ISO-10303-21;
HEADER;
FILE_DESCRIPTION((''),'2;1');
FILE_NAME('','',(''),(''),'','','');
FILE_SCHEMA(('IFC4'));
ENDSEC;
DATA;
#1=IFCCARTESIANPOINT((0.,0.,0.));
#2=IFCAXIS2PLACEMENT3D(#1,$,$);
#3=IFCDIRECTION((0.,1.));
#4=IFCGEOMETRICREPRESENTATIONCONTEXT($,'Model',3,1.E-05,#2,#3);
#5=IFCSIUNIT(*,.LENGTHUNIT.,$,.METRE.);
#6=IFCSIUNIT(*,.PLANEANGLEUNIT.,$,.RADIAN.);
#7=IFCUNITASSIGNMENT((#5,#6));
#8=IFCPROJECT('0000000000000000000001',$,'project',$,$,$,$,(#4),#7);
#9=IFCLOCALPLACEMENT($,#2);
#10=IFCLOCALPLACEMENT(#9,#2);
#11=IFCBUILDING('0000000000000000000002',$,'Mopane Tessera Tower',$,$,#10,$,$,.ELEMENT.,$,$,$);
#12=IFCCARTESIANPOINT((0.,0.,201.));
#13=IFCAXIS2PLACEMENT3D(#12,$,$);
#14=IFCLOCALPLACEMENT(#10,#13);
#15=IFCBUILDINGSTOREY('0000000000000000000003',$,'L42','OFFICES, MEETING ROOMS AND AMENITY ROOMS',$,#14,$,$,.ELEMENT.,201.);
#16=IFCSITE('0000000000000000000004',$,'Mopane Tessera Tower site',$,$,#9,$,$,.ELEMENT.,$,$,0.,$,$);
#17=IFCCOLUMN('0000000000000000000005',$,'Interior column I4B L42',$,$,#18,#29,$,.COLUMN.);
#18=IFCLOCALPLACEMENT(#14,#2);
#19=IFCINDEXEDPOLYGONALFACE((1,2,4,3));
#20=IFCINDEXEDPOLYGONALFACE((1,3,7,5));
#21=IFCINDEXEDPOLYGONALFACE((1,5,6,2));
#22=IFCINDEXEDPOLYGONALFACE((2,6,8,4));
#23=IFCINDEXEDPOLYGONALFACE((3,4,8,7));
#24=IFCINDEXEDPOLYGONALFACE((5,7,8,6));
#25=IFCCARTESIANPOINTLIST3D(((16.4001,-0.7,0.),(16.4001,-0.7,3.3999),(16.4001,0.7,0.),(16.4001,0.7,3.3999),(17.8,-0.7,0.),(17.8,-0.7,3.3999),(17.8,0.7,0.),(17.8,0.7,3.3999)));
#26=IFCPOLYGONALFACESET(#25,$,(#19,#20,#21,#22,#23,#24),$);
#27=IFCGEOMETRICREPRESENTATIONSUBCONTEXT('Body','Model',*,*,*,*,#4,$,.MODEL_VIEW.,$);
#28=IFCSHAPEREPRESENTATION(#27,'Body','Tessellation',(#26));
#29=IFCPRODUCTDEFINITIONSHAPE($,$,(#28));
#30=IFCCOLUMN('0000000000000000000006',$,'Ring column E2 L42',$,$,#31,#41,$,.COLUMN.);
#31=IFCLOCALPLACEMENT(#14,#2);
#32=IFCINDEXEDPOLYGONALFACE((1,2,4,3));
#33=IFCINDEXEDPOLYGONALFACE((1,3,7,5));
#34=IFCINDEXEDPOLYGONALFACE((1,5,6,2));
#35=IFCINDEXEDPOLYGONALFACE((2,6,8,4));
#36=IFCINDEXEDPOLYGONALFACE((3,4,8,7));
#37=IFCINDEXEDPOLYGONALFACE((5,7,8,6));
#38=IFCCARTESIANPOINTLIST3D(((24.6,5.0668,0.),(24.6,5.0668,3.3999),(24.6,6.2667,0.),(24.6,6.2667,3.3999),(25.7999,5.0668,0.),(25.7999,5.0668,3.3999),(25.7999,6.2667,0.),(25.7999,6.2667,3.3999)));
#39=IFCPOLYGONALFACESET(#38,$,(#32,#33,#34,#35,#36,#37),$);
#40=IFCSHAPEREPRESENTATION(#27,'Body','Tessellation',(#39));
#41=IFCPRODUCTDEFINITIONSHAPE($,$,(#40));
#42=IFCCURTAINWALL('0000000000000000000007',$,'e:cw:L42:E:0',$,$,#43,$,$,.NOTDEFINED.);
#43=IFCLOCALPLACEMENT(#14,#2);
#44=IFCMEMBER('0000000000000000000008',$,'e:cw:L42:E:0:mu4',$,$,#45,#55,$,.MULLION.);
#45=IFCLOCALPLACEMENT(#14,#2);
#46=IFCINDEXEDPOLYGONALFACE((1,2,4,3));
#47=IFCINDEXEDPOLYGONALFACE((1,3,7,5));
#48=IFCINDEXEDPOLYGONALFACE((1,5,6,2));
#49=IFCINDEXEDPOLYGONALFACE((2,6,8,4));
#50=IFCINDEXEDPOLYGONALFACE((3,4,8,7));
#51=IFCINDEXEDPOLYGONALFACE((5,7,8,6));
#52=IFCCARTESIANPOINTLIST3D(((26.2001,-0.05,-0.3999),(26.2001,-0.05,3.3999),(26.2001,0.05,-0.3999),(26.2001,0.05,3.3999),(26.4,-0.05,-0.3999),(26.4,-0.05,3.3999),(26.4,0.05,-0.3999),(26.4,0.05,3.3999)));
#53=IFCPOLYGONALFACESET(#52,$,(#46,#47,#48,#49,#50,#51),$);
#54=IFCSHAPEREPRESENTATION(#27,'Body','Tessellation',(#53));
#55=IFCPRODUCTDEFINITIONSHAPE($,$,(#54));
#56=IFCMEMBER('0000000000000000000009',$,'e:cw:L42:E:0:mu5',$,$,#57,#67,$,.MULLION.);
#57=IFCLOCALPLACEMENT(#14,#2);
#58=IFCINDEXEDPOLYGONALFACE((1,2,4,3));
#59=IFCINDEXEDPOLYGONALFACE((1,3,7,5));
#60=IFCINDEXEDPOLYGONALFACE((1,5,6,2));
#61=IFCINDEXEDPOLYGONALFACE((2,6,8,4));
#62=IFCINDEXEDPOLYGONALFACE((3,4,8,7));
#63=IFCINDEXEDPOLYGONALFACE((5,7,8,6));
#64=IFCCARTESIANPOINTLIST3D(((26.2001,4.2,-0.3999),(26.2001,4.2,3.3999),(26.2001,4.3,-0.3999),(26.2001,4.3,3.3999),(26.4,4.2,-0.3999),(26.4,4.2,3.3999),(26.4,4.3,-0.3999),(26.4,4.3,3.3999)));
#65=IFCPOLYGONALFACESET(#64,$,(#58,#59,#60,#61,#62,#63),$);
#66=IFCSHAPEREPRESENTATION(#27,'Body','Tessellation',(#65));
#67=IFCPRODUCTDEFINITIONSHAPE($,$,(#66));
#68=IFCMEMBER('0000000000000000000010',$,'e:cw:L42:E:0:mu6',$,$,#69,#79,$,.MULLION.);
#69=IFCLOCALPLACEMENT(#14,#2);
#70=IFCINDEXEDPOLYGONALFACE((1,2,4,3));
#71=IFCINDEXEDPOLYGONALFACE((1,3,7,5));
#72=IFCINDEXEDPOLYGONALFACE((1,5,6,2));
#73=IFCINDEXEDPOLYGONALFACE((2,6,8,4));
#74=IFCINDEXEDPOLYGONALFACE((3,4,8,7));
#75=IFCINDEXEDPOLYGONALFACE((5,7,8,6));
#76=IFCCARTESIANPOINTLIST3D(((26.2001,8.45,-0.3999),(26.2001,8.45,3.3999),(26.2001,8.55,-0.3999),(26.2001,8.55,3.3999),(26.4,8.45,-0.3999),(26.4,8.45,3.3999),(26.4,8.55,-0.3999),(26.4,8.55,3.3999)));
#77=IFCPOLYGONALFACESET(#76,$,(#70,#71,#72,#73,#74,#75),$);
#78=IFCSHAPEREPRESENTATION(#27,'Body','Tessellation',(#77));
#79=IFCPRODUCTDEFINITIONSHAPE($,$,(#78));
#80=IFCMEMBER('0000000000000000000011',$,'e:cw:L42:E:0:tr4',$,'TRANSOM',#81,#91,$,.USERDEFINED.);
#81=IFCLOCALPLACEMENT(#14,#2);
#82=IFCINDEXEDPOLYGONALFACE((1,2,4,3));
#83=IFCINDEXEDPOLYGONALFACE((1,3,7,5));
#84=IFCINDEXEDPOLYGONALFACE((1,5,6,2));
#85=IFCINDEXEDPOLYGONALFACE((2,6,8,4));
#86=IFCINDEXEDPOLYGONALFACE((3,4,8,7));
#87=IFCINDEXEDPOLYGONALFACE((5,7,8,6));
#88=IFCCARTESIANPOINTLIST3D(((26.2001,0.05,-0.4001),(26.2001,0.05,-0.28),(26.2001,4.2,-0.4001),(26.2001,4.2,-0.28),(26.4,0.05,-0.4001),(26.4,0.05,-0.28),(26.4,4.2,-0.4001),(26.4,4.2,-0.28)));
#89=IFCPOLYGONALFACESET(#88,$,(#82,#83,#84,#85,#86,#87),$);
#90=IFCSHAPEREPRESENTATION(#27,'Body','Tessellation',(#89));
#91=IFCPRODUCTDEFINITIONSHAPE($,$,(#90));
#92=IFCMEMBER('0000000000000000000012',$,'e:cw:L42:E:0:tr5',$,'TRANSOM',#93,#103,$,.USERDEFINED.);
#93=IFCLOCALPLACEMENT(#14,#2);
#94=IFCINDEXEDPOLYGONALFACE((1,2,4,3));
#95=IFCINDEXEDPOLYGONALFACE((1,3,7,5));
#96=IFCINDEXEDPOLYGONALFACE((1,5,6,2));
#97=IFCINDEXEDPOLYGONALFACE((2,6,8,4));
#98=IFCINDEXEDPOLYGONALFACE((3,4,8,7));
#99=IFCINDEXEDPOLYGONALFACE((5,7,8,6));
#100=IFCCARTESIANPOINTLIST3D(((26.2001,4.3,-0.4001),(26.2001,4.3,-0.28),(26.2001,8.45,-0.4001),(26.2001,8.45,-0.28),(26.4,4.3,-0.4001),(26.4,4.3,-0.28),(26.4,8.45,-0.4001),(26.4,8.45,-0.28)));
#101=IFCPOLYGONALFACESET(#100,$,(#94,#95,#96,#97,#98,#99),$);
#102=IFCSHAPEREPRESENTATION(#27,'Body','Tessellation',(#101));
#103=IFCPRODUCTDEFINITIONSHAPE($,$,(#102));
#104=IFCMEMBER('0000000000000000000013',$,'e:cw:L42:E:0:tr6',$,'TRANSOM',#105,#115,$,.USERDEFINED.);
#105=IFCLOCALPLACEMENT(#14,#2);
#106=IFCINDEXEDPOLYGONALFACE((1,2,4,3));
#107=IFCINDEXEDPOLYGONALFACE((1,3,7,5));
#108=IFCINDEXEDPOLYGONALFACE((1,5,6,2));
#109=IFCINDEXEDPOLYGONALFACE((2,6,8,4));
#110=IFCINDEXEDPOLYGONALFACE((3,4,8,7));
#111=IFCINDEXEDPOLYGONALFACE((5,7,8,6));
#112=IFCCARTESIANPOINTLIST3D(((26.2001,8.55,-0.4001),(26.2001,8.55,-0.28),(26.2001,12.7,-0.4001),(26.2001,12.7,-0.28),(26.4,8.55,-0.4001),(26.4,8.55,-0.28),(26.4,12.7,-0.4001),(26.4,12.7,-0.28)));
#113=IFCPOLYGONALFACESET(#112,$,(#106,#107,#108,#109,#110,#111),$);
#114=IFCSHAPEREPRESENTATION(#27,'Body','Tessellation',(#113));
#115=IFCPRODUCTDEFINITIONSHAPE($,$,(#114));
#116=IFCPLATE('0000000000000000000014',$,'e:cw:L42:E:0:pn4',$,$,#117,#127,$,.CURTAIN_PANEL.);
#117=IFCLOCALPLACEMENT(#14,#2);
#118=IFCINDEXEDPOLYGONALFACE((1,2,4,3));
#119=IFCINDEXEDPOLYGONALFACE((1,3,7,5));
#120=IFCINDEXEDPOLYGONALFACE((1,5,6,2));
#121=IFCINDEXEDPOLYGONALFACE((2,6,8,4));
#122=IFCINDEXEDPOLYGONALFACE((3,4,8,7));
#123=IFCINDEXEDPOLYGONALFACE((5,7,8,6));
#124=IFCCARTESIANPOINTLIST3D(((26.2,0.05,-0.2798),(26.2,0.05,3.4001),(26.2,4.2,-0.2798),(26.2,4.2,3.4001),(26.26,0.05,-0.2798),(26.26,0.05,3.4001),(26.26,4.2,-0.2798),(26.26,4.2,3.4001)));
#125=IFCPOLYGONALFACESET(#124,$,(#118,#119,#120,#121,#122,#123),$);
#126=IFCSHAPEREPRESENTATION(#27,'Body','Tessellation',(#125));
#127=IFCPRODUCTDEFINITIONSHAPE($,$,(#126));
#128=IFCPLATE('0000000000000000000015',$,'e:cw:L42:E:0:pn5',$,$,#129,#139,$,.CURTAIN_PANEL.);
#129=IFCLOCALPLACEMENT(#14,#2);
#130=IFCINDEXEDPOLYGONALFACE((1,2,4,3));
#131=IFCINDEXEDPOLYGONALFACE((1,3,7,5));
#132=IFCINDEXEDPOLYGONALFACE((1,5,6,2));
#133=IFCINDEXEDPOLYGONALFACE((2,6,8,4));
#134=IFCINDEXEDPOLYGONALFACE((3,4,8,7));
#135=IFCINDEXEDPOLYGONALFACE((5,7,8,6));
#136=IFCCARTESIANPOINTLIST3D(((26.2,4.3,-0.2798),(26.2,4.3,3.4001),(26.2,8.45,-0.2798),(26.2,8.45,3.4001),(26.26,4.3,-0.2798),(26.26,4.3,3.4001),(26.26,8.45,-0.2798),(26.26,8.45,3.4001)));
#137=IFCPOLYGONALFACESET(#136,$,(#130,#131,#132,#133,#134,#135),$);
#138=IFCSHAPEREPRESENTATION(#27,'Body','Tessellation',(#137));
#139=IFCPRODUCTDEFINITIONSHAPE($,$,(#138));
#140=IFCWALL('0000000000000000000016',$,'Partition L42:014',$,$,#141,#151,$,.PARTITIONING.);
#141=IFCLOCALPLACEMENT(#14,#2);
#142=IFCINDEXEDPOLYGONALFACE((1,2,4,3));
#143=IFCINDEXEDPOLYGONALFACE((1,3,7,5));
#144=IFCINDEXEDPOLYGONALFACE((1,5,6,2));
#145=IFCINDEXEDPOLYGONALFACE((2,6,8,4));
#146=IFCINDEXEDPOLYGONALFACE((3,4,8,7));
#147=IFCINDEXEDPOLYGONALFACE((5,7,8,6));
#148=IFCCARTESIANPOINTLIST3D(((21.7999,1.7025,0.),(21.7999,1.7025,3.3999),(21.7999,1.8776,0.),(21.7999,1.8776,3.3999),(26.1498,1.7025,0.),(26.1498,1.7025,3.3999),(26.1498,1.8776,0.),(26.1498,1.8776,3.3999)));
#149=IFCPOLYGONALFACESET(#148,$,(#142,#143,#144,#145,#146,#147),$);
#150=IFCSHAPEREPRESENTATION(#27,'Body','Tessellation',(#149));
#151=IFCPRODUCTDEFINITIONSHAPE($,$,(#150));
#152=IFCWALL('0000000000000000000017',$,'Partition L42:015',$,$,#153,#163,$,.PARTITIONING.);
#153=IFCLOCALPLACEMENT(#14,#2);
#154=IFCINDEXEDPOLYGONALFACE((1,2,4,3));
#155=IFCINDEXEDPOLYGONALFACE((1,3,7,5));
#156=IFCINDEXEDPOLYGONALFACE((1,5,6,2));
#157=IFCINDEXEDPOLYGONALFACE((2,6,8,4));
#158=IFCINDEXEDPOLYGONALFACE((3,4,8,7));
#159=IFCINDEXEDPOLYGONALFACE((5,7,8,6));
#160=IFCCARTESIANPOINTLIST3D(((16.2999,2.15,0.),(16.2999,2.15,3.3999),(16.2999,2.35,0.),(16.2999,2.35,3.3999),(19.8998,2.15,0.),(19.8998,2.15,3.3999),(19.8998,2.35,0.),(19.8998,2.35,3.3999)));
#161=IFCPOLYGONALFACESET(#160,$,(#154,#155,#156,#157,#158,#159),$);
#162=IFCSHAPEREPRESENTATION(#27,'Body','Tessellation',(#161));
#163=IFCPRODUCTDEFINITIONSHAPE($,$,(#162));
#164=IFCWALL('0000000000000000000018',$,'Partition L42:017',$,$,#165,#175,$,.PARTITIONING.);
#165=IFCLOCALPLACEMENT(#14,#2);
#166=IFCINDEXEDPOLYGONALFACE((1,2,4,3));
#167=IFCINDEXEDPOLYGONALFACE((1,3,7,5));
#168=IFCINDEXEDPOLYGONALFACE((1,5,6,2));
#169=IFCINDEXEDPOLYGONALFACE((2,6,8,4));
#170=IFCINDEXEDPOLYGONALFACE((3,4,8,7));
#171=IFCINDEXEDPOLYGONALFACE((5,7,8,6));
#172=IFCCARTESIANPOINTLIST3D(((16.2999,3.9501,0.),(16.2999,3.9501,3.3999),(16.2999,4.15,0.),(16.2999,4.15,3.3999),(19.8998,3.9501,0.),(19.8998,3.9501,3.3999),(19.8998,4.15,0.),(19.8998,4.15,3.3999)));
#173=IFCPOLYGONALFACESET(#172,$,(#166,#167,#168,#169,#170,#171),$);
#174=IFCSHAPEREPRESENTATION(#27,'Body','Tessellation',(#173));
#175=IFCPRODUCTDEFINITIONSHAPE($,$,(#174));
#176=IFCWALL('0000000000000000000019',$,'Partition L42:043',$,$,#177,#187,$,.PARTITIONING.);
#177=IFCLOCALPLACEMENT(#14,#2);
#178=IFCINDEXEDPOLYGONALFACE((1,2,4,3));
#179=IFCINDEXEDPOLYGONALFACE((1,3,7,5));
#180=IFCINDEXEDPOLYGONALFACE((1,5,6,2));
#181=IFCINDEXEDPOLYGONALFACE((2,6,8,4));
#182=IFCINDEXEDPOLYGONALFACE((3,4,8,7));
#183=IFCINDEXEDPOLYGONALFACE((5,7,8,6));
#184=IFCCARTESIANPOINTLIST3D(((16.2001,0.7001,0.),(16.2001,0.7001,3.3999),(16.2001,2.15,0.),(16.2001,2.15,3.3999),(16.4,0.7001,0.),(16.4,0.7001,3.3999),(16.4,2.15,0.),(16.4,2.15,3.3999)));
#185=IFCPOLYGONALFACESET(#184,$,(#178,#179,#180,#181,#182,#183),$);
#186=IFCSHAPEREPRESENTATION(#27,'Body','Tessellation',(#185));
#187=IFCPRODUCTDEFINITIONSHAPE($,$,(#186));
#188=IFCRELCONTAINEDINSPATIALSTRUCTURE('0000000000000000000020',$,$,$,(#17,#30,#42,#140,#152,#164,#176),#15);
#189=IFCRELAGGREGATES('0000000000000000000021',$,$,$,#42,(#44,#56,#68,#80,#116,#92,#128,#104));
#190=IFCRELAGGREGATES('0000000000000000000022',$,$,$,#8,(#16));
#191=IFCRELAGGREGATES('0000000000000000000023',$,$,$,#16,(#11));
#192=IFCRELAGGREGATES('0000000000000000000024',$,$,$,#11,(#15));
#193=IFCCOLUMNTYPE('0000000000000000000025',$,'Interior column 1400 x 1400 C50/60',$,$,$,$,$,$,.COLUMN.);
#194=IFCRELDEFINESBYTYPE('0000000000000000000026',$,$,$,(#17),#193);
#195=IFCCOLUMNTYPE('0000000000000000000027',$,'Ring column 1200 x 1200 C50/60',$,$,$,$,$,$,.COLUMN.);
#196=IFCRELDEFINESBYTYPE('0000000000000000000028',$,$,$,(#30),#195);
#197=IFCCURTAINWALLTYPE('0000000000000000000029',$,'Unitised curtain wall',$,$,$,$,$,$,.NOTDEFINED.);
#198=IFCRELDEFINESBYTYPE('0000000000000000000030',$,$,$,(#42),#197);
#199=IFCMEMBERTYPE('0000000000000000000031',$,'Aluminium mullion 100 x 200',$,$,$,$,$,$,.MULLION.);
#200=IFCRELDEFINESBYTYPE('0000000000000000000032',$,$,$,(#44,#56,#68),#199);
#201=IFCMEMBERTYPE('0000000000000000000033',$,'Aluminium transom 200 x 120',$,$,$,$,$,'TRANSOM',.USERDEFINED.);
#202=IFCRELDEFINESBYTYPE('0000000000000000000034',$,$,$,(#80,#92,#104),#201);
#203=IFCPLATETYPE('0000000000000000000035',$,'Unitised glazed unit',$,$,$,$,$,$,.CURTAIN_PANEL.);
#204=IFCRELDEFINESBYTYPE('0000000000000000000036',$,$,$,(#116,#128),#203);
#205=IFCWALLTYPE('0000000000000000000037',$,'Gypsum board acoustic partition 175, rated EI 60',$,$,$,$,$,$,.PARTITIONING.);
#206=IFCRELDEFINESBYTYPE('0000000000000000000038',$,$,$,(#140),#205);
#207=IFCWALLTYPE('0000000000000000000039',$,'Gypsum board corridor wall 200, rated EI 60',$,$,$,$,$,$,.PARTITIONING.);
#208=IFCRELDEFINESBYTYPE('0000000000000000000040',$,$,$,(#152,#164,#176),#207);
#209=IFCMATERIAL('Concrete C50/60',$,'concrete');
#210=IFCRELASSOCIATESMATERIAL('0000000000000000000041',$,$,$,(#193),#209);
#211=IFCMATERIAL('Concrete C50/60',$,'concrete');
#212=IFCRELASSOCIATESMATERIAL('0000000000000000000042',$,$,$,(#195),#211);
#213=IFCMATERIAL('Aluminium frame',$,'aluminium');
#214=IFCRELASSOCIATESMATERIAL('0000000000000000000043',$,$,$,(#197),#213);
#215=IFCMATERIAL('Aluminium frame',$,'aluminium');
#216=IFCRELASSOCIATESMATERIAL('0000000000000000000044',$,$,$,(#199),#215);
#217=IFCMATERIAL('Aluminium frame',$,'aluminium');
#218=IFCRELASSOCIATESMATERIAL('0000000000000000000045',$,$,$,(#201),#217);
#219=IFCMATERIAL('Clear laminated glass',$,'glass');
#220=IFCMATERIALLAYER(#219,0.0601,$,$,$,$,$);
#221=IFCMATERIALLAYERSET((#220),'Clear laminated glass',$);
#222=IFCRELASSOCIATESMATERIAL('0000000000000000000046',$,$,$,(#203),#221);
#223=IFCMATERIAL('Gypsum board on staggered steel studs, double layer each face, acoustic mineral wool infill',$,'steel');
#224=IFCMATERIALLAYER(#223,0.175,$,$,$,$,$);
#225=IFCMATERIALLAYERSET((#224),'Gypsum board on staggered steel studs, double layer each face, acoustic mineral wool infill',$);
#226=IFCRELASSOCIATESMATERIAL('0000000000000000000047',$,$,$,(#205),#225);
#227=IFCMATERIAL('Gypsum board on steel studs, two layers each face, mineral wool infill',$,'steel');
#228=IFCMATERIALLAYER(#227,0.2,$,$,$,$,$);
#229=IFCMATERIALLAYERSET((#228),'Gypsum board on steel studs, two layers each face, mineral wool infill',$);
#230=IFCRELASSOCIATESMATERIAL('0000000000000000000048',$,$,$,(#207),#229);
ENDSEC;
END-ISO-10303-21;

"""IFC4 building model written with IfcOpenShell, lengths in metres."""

from ifc_helpers import new_model, si_unit, direction, frame, frame_2d, origin, origin_2d, place, context, subcontext, project, spatial, rectangle, extrude, material, layer, layer_set, material_profile, profile_set, type_object, element, aggregate, save


model = new_model("IFC4")

# Units and contexts
model_context = context("Model", 3, precision=1e-05, world=origin(), true_north=direction((0.0, 1.0)))
body_context = subcontext(model_context, "Body", "Model", "MODEL_VIEW")
ifc_project = project(units=[si_unit("LENGTHUNIT", "METRE"), si_unit("PLANEANGLEUNIT", "RADIAN")], contexts=[model_context])

# Site, building, storey
site_placement = place(None, origin())
site = spatial("IfcSite", under=ifc_project, at=site_placement, Name="Mopane Tessera Tower site", CompositionType="ELEMENT", RefElevation=0.0)
building_placement = place(site_placement, origin())
building = spatial("IfcBuilding", under=site, at=building_placement, Name="Mopane Tessera Tower", CompositionType="ELEMENT")
storey_placement = place(building_placement, frame((0.0, 0.0, 201.0)))
storey = spatial("IfcBuildingStorey", under=building, at=storey_placement, Name="L42", Description="OFFICES, MEETING ROOMS AND AMENITY ROOMS", CompositionType="ELEMENT", Elevation=201.0)

# Columns
ifc_material_1 = material(Name="Concrete C50/60", Category="concrete")
ifc_material_profile_1 = material_profile(ifc_material_1, rectangle(XDim=1.3999, YDim=1.3999, at=origin_2d()))
ifc_profile_set_1 = profile_set([ifc_material_profile_1], Name="Concrete C50/60")
column_type_1 = type_object("IfcColumnType", Name="Interior column 1400 x 1400 C50/60", PredefinedType="COLUMN", material=ifc_profile_set_1)
column_1_placement = place(storey_placement, frame((17.1001, 0.0, 0.0), z_axis=(0.0, 0.0, 1.0), x_axis=(1.0, 0.0, 0.0)))
element("IfcColumn", 1, at=column_1_placement, inside=storey, type_object=column_type_1, Name="Interior column I4B L42", PredefinedType="COLUMN", context=body_context, shape_type="SweptSolid", body=[
    extrude(rectangle(XDim=1.3999, YDim=1.3999, at=origin_2d()), origin(), (0.0, 0.0, 1.0), 3.3999),
])
ifc_material_2 = material(Name="Concrete C50/60", Category="concrete")
ifc_material_profile_2 = material_profile(ifc_material_2, rectangle(XDim=1.2, YDim=1.2, at=origin_2d()))
ifc_profile_set_2 = profile_set([ifc_material_profile_2], Name="Concrete C50/60")
column_type_2 = type_object("IfcColumnType", Name="Ring column 1200 x 1200 C50/60", PredefinedType="COLUMN", material=ifc_profile_set_2)
column_2_placement = place(storey_placement, frame((25.2, 5.6667, 0.0), z_axis=(0.0, 0.0, 1.0), x_axis=(1.0, 0.0, 0.0)))
element("IfcColumn", 2, at=column_2_placement, inside=storey, type_object=column_type_2, Name="Ring column E2 L42", PredefinedType="COLUMN", context=body_context, shape_type="SweptSolid", body=[
    extrude(rectangle(XDim=1.2, YDim=1.2, at=origin_2d()), origin(), (0.0, 0.0, 1.0), 3.3999),
])

# Curtain wall, members, plates
ifc_material_3 = material(Name="Aluminium frame", Category="aluminium")
curtain_wall_type = type_object("IfcCurtainWallType", Name="Unitised curtain wall", PredefinedType="NOTDEFINED", material=ifc_material_3)
curtain_wall_placement = place(storey_placement, origin())
curtain_wall = element("IfcCurtainWall", 3, at=curtain_wall_placement, inside=storey, type_object=curtain_wall_type, Name="e:cw:L42:E:0", PredefinedType="NOTDEFINED")
ifc_material_4 = material(Name="Aluminium frame", Category="aluminium")
ifc_material_profile_3 = material_profile(ifc_material_4, rectangle(XDim=0.1001, YDim=0.2, at=origin_2d()))
ifc_profile_set_3 = profile_set([ifc_material_profile_3], Name="Aluminium frame")
member_type_1 = type_object("IfcMemberType", Name="Aluminium mullion 100 x 200", PredefinedType="MULLION", material=ifc_profile_set_3)
member_1_placement = place(storey_placement, frame((26.3, 0.0, -0.3999), z_axis=(0.0, 0.0, 1.0), x_axis=(0.0, 1.0, 0.0)))
member_1 = element("IfcMember", 4, at=member_1_placement, type_object=member_type_1, Name="e:cw:L42:E:0:mu4", PredefinedType="MULLION", context=body_context, shape_type="SweptSolid", body=[
    extrude(rectangle(XDim=0.1001, YDim=0.2, at=origin_2d()), origin(), (0.0, 0.0, 1.0), 3.7998),
])
member_2_placement = place(storey_placement, frame((26.3, 4.25, -0.3999), z_axis=(0.0, 0.0, 1.0), x_axis=(0.0, 1.0, 0.0)))
member_2 = element("IfcMember", 5, at=member_2_placement, type_object=member_type_1, Name="e:cw:L42:E:0:mu5", PredefinedType="MULLION", context=body_context, shape_type="SweptSolid", body=[
    extrude(rectangle(XDim=0.1001, YDim=0.2, at=origin_2d()), origin(), (0.0, 0.0, 1.0), 3.7998),
])
member_3_placement = place(storey_placement, frame((26.3, 8.5, -0.3999), z_axis=(0.0, 0.0, 1.0), x_axis=(0.0, 1.0, 0.0)))
member_3 = element("IfcMember", 6, at=member_3_placement, type_object=member_type_1, Name="e:cw:L42:E:0:mu6", PredefinedType="MULLION", context=body_context, shape_type="SweptSolid", body=[
    extrude(rectangle(XDim=0.1001, YDim=0.2, at=origin_2d()), origin(), (0.0, 0.0, 1.0), 3.7998),
])
ifc_material_5 = material(Name="Aluminium frame", Category="aluminium")
ifc_material_profile_4 = material_profile(ifc_material_5, rectangle(XDim=0.2, YDim=0.1201, at=origin_2d()))
ifc_profile_set_4 = profile_set([ifc_material_profile_4], Name="Aluminium frame")
member_type_2 = type_object("IfcMemberType", Name="Aluminium transom 200 x 120", ElementType="TRANSOM", PredefinedType="USERDEFINED", material=ifc_profile_set_4)
member_4_placement = place(storey_placement, frame((26.3, 0.05, -0.3401), z_axis=(0.0, 1.0, 0.0), x_axis=(-1.0, 0.0, 0.0)))
member_4 = element("IfcMember", 7, at=member_4_placement, type_object=member_type_2, Name="e:cw:L42:E:0:tr4", ObjectType="TRANSOM", PredefinedType="USERDEFINED", context=body_context, shape_type="SweptSolid", body=[
    extrude(rectangle(XDim=0.2, YDim=0.1201, at=origin_2d()), origin(), (0.0, 0.0, 1.0), 4.1499),
])
member_5_placement = place(storey_placement, frame((26.3, 4.3, -0.3401), z_axis=(0.0, 1.0, 0.0), x_axis=(-1.0, 0.0, 0.0)))
member_5 = element("IfcMember", 8, at=member_5_placement, type_object=member_type_2, Name="e:cw:L42:E:0:tr5", ObjectType="TRANSOM", PredefinedType="USERDEFINED", context=body_context, shape_type="SweptSolid", body=[
    extrude(rectangle(XDim=0.2, YDim=0.1201, at=origin_2d()), origin(), (0.0, 0.0, 1.0), 4.1499),
])
member_6_placement = place(storey_placement, frame((26.3, 8.55, -0.3401), z_axis=(0.0, 1.0, 0.0), x_axis=(-1.0, 0.0, 0.0)))
member_6 = element("IfcMember", 9, at=member_6_placement, type_object=member_type_2, Name="e:cw:L42:E:0:tr6", ObjectType="TRANSOM", PredefinedType="USERDEFINED", context=body_context, shape_type="SweptSolid", body=[
    extrude(rectangle(XDim=0.2, YDim=0.1201, at=origin_2d()), origin(), (0.0, 0.0, 1.0), 4.1499),
])
ifc_material_6 = material(Name="Clear laminated glass", Category="glass")
ifc_layer_1 = layer(ifc_material_6, 0.0601)
ifc_layer_set_1 = layer_set([ifc_layer_1], Name="Clear laminated glass")
plate_type = type_object("IfcPlateType", Name="Unitised glazed unit", PredefinedType="CURTAIN_PANEL", material=ifc_layer_set_1)
plate_1_placement = place(storey_placement, frame((26.23, 2.125, -0.2798), z_axis=(0.0, 0.0, 1.0), x_axis=(0.0, 1.0, 0.0)))
plate_1 = element("IfcPlate", 10, at=plate_1_placement, type_object=plate_type, Name="e:cw:L42:E:0:pn4", PredefinedType="CURTAIN_PANEL", context=body_context, shape_type="SweptSolid", body=[
    extrude(rectangle(XDim=4.1499, YDim=0.0601, at=origin_2d()), origin(), (0.0, 0.0, 1.0), 3.6799),
])
plate_2_placement = place(storey_placement, frame((26.23, 6.375, -0.2798), z_axis=(0.0, 0.0, 1.0), x_axis=(0.0, 1.0, 0.0)))
plate_2 = element("IfcPlate", 11, at=plate_2_placement, type_object=plate_type, Name="e:cw:L42:E:0:pn5", PredefinedType="CURTAIN_PANEL", context=body_context, shape_type="SweptSolid", body=[
    extrude(rectangle(XDim=4.1499, YDim=0.0601, at=origin_2d()), origin(), (0.0, 0.0, 1.0), 3.6799),
])
aggregate(curtain_wall, [member_1, member_2, member_3, member_4, plate_1, member_5, plate_2, member_6])

# Walls
ifc_material_7 = material(Name="Gypsum board on staggered steel studs, double layer each face, acoustic mineral wool infill", Category="steel")
ifc_layer_2 = layer(ifc_material_7, 0.175)
ifc_layer_set_2 = layer_set([ifc_layer_2], Name="Gypsum board on staggered steel studs, double layer each face, acoustic mineral wool infill")
wall_type_1 = type_object("IfcWallType", Name="Gypsum board acoustic partition 175, rated EI 60", PredefinedType="PARTITIONING", material=ifc_layer_set_2)
wall_1_placement = place(storey_placement, frame((21.8, 1.79, 0.0), z_axis=(0.0, 0.0, 1.0), x_axis=(1.0, 0.0, 0.0)))
element("IfcWall", 12, at=wall_1_placement, inside=storey, type_object=wall_type_1, Name="Partition L42:014", PredefinedType="PARTITIONING", context=body_context, shape_type="SweptSolid", body=[
    extrude(rectangle(XDim=4.3499, YDim=0.175, at=frame_2d((2.1748, 0.0))), origin(), (0.0, 0.0, 1.0), 3.3999),
])
ifc_material_8 = material(Name="Gypsum board on steel studs, two layers each face, mineral wool infill", Category="steel")
ifc_layer_3 = layer(ifc_material_8, 0.2)
ifc_layer_set_3 = layer_set([ifc_layer_3], Name="Gypsum board on steel studs, two layers each face, mineral wool infill")
wall_type_2 = type_object("IfcWallType", Name="Gypsum board corridor wall 200, rated EI 60", PredefinedType="PARTITIONING", material=ifc_layer_set_3)
for number, where, z_axis, x_axis, name in (
    (13, (16.3, 2.25, 0.0), (0.0, 0.0, 1.0), (1.0, 0.0, 0.0), "Partition L42:015"),
    (14, (16.3, 4.05, 0.0), (0.0, 0.0, 1.0), (1.0, 0.0, 0.0), "Partition L42:017"),
):
    element("IfcWall", number, at=place(storey_placement, frame(where, z_axis=z_axis, x_axis=x_axis)), inside=storey, type_object=wall_type_2, Name=name, PredefinedType="PARTITIONING", context=body_context, shape_type="SweptSolid", body=[
        extrude(rectangle(XDim=3.5999, YDim=0.2, at=frame_2d((1.7998, 0.0))), origin(), (0.0, 0.0, 1.0), 3.3999),
    ])
wall_2_placement = place(storey_placement, frame((16.3, 0.7, 0.0), z_axis=(0.0, 0.0, 1.0), x_axis=(0.0, 1.0, 0.0)))
element("IfcWall", 15, at=wall_2_placement, inside=storey, type_object=wall_type_2, Name="Partition L42:043", PredefinedType="PARTITIONING", context=body_context, shape_type="SweptSolid", body=[
    extrude(rectangle(XDim=1.45, YDim=0.2, at=frame_2d((0.7251, 0.0))), origin(), (0.0, 0.0, 1.0), 3.3999),
])

save(model, "model.ifc")
